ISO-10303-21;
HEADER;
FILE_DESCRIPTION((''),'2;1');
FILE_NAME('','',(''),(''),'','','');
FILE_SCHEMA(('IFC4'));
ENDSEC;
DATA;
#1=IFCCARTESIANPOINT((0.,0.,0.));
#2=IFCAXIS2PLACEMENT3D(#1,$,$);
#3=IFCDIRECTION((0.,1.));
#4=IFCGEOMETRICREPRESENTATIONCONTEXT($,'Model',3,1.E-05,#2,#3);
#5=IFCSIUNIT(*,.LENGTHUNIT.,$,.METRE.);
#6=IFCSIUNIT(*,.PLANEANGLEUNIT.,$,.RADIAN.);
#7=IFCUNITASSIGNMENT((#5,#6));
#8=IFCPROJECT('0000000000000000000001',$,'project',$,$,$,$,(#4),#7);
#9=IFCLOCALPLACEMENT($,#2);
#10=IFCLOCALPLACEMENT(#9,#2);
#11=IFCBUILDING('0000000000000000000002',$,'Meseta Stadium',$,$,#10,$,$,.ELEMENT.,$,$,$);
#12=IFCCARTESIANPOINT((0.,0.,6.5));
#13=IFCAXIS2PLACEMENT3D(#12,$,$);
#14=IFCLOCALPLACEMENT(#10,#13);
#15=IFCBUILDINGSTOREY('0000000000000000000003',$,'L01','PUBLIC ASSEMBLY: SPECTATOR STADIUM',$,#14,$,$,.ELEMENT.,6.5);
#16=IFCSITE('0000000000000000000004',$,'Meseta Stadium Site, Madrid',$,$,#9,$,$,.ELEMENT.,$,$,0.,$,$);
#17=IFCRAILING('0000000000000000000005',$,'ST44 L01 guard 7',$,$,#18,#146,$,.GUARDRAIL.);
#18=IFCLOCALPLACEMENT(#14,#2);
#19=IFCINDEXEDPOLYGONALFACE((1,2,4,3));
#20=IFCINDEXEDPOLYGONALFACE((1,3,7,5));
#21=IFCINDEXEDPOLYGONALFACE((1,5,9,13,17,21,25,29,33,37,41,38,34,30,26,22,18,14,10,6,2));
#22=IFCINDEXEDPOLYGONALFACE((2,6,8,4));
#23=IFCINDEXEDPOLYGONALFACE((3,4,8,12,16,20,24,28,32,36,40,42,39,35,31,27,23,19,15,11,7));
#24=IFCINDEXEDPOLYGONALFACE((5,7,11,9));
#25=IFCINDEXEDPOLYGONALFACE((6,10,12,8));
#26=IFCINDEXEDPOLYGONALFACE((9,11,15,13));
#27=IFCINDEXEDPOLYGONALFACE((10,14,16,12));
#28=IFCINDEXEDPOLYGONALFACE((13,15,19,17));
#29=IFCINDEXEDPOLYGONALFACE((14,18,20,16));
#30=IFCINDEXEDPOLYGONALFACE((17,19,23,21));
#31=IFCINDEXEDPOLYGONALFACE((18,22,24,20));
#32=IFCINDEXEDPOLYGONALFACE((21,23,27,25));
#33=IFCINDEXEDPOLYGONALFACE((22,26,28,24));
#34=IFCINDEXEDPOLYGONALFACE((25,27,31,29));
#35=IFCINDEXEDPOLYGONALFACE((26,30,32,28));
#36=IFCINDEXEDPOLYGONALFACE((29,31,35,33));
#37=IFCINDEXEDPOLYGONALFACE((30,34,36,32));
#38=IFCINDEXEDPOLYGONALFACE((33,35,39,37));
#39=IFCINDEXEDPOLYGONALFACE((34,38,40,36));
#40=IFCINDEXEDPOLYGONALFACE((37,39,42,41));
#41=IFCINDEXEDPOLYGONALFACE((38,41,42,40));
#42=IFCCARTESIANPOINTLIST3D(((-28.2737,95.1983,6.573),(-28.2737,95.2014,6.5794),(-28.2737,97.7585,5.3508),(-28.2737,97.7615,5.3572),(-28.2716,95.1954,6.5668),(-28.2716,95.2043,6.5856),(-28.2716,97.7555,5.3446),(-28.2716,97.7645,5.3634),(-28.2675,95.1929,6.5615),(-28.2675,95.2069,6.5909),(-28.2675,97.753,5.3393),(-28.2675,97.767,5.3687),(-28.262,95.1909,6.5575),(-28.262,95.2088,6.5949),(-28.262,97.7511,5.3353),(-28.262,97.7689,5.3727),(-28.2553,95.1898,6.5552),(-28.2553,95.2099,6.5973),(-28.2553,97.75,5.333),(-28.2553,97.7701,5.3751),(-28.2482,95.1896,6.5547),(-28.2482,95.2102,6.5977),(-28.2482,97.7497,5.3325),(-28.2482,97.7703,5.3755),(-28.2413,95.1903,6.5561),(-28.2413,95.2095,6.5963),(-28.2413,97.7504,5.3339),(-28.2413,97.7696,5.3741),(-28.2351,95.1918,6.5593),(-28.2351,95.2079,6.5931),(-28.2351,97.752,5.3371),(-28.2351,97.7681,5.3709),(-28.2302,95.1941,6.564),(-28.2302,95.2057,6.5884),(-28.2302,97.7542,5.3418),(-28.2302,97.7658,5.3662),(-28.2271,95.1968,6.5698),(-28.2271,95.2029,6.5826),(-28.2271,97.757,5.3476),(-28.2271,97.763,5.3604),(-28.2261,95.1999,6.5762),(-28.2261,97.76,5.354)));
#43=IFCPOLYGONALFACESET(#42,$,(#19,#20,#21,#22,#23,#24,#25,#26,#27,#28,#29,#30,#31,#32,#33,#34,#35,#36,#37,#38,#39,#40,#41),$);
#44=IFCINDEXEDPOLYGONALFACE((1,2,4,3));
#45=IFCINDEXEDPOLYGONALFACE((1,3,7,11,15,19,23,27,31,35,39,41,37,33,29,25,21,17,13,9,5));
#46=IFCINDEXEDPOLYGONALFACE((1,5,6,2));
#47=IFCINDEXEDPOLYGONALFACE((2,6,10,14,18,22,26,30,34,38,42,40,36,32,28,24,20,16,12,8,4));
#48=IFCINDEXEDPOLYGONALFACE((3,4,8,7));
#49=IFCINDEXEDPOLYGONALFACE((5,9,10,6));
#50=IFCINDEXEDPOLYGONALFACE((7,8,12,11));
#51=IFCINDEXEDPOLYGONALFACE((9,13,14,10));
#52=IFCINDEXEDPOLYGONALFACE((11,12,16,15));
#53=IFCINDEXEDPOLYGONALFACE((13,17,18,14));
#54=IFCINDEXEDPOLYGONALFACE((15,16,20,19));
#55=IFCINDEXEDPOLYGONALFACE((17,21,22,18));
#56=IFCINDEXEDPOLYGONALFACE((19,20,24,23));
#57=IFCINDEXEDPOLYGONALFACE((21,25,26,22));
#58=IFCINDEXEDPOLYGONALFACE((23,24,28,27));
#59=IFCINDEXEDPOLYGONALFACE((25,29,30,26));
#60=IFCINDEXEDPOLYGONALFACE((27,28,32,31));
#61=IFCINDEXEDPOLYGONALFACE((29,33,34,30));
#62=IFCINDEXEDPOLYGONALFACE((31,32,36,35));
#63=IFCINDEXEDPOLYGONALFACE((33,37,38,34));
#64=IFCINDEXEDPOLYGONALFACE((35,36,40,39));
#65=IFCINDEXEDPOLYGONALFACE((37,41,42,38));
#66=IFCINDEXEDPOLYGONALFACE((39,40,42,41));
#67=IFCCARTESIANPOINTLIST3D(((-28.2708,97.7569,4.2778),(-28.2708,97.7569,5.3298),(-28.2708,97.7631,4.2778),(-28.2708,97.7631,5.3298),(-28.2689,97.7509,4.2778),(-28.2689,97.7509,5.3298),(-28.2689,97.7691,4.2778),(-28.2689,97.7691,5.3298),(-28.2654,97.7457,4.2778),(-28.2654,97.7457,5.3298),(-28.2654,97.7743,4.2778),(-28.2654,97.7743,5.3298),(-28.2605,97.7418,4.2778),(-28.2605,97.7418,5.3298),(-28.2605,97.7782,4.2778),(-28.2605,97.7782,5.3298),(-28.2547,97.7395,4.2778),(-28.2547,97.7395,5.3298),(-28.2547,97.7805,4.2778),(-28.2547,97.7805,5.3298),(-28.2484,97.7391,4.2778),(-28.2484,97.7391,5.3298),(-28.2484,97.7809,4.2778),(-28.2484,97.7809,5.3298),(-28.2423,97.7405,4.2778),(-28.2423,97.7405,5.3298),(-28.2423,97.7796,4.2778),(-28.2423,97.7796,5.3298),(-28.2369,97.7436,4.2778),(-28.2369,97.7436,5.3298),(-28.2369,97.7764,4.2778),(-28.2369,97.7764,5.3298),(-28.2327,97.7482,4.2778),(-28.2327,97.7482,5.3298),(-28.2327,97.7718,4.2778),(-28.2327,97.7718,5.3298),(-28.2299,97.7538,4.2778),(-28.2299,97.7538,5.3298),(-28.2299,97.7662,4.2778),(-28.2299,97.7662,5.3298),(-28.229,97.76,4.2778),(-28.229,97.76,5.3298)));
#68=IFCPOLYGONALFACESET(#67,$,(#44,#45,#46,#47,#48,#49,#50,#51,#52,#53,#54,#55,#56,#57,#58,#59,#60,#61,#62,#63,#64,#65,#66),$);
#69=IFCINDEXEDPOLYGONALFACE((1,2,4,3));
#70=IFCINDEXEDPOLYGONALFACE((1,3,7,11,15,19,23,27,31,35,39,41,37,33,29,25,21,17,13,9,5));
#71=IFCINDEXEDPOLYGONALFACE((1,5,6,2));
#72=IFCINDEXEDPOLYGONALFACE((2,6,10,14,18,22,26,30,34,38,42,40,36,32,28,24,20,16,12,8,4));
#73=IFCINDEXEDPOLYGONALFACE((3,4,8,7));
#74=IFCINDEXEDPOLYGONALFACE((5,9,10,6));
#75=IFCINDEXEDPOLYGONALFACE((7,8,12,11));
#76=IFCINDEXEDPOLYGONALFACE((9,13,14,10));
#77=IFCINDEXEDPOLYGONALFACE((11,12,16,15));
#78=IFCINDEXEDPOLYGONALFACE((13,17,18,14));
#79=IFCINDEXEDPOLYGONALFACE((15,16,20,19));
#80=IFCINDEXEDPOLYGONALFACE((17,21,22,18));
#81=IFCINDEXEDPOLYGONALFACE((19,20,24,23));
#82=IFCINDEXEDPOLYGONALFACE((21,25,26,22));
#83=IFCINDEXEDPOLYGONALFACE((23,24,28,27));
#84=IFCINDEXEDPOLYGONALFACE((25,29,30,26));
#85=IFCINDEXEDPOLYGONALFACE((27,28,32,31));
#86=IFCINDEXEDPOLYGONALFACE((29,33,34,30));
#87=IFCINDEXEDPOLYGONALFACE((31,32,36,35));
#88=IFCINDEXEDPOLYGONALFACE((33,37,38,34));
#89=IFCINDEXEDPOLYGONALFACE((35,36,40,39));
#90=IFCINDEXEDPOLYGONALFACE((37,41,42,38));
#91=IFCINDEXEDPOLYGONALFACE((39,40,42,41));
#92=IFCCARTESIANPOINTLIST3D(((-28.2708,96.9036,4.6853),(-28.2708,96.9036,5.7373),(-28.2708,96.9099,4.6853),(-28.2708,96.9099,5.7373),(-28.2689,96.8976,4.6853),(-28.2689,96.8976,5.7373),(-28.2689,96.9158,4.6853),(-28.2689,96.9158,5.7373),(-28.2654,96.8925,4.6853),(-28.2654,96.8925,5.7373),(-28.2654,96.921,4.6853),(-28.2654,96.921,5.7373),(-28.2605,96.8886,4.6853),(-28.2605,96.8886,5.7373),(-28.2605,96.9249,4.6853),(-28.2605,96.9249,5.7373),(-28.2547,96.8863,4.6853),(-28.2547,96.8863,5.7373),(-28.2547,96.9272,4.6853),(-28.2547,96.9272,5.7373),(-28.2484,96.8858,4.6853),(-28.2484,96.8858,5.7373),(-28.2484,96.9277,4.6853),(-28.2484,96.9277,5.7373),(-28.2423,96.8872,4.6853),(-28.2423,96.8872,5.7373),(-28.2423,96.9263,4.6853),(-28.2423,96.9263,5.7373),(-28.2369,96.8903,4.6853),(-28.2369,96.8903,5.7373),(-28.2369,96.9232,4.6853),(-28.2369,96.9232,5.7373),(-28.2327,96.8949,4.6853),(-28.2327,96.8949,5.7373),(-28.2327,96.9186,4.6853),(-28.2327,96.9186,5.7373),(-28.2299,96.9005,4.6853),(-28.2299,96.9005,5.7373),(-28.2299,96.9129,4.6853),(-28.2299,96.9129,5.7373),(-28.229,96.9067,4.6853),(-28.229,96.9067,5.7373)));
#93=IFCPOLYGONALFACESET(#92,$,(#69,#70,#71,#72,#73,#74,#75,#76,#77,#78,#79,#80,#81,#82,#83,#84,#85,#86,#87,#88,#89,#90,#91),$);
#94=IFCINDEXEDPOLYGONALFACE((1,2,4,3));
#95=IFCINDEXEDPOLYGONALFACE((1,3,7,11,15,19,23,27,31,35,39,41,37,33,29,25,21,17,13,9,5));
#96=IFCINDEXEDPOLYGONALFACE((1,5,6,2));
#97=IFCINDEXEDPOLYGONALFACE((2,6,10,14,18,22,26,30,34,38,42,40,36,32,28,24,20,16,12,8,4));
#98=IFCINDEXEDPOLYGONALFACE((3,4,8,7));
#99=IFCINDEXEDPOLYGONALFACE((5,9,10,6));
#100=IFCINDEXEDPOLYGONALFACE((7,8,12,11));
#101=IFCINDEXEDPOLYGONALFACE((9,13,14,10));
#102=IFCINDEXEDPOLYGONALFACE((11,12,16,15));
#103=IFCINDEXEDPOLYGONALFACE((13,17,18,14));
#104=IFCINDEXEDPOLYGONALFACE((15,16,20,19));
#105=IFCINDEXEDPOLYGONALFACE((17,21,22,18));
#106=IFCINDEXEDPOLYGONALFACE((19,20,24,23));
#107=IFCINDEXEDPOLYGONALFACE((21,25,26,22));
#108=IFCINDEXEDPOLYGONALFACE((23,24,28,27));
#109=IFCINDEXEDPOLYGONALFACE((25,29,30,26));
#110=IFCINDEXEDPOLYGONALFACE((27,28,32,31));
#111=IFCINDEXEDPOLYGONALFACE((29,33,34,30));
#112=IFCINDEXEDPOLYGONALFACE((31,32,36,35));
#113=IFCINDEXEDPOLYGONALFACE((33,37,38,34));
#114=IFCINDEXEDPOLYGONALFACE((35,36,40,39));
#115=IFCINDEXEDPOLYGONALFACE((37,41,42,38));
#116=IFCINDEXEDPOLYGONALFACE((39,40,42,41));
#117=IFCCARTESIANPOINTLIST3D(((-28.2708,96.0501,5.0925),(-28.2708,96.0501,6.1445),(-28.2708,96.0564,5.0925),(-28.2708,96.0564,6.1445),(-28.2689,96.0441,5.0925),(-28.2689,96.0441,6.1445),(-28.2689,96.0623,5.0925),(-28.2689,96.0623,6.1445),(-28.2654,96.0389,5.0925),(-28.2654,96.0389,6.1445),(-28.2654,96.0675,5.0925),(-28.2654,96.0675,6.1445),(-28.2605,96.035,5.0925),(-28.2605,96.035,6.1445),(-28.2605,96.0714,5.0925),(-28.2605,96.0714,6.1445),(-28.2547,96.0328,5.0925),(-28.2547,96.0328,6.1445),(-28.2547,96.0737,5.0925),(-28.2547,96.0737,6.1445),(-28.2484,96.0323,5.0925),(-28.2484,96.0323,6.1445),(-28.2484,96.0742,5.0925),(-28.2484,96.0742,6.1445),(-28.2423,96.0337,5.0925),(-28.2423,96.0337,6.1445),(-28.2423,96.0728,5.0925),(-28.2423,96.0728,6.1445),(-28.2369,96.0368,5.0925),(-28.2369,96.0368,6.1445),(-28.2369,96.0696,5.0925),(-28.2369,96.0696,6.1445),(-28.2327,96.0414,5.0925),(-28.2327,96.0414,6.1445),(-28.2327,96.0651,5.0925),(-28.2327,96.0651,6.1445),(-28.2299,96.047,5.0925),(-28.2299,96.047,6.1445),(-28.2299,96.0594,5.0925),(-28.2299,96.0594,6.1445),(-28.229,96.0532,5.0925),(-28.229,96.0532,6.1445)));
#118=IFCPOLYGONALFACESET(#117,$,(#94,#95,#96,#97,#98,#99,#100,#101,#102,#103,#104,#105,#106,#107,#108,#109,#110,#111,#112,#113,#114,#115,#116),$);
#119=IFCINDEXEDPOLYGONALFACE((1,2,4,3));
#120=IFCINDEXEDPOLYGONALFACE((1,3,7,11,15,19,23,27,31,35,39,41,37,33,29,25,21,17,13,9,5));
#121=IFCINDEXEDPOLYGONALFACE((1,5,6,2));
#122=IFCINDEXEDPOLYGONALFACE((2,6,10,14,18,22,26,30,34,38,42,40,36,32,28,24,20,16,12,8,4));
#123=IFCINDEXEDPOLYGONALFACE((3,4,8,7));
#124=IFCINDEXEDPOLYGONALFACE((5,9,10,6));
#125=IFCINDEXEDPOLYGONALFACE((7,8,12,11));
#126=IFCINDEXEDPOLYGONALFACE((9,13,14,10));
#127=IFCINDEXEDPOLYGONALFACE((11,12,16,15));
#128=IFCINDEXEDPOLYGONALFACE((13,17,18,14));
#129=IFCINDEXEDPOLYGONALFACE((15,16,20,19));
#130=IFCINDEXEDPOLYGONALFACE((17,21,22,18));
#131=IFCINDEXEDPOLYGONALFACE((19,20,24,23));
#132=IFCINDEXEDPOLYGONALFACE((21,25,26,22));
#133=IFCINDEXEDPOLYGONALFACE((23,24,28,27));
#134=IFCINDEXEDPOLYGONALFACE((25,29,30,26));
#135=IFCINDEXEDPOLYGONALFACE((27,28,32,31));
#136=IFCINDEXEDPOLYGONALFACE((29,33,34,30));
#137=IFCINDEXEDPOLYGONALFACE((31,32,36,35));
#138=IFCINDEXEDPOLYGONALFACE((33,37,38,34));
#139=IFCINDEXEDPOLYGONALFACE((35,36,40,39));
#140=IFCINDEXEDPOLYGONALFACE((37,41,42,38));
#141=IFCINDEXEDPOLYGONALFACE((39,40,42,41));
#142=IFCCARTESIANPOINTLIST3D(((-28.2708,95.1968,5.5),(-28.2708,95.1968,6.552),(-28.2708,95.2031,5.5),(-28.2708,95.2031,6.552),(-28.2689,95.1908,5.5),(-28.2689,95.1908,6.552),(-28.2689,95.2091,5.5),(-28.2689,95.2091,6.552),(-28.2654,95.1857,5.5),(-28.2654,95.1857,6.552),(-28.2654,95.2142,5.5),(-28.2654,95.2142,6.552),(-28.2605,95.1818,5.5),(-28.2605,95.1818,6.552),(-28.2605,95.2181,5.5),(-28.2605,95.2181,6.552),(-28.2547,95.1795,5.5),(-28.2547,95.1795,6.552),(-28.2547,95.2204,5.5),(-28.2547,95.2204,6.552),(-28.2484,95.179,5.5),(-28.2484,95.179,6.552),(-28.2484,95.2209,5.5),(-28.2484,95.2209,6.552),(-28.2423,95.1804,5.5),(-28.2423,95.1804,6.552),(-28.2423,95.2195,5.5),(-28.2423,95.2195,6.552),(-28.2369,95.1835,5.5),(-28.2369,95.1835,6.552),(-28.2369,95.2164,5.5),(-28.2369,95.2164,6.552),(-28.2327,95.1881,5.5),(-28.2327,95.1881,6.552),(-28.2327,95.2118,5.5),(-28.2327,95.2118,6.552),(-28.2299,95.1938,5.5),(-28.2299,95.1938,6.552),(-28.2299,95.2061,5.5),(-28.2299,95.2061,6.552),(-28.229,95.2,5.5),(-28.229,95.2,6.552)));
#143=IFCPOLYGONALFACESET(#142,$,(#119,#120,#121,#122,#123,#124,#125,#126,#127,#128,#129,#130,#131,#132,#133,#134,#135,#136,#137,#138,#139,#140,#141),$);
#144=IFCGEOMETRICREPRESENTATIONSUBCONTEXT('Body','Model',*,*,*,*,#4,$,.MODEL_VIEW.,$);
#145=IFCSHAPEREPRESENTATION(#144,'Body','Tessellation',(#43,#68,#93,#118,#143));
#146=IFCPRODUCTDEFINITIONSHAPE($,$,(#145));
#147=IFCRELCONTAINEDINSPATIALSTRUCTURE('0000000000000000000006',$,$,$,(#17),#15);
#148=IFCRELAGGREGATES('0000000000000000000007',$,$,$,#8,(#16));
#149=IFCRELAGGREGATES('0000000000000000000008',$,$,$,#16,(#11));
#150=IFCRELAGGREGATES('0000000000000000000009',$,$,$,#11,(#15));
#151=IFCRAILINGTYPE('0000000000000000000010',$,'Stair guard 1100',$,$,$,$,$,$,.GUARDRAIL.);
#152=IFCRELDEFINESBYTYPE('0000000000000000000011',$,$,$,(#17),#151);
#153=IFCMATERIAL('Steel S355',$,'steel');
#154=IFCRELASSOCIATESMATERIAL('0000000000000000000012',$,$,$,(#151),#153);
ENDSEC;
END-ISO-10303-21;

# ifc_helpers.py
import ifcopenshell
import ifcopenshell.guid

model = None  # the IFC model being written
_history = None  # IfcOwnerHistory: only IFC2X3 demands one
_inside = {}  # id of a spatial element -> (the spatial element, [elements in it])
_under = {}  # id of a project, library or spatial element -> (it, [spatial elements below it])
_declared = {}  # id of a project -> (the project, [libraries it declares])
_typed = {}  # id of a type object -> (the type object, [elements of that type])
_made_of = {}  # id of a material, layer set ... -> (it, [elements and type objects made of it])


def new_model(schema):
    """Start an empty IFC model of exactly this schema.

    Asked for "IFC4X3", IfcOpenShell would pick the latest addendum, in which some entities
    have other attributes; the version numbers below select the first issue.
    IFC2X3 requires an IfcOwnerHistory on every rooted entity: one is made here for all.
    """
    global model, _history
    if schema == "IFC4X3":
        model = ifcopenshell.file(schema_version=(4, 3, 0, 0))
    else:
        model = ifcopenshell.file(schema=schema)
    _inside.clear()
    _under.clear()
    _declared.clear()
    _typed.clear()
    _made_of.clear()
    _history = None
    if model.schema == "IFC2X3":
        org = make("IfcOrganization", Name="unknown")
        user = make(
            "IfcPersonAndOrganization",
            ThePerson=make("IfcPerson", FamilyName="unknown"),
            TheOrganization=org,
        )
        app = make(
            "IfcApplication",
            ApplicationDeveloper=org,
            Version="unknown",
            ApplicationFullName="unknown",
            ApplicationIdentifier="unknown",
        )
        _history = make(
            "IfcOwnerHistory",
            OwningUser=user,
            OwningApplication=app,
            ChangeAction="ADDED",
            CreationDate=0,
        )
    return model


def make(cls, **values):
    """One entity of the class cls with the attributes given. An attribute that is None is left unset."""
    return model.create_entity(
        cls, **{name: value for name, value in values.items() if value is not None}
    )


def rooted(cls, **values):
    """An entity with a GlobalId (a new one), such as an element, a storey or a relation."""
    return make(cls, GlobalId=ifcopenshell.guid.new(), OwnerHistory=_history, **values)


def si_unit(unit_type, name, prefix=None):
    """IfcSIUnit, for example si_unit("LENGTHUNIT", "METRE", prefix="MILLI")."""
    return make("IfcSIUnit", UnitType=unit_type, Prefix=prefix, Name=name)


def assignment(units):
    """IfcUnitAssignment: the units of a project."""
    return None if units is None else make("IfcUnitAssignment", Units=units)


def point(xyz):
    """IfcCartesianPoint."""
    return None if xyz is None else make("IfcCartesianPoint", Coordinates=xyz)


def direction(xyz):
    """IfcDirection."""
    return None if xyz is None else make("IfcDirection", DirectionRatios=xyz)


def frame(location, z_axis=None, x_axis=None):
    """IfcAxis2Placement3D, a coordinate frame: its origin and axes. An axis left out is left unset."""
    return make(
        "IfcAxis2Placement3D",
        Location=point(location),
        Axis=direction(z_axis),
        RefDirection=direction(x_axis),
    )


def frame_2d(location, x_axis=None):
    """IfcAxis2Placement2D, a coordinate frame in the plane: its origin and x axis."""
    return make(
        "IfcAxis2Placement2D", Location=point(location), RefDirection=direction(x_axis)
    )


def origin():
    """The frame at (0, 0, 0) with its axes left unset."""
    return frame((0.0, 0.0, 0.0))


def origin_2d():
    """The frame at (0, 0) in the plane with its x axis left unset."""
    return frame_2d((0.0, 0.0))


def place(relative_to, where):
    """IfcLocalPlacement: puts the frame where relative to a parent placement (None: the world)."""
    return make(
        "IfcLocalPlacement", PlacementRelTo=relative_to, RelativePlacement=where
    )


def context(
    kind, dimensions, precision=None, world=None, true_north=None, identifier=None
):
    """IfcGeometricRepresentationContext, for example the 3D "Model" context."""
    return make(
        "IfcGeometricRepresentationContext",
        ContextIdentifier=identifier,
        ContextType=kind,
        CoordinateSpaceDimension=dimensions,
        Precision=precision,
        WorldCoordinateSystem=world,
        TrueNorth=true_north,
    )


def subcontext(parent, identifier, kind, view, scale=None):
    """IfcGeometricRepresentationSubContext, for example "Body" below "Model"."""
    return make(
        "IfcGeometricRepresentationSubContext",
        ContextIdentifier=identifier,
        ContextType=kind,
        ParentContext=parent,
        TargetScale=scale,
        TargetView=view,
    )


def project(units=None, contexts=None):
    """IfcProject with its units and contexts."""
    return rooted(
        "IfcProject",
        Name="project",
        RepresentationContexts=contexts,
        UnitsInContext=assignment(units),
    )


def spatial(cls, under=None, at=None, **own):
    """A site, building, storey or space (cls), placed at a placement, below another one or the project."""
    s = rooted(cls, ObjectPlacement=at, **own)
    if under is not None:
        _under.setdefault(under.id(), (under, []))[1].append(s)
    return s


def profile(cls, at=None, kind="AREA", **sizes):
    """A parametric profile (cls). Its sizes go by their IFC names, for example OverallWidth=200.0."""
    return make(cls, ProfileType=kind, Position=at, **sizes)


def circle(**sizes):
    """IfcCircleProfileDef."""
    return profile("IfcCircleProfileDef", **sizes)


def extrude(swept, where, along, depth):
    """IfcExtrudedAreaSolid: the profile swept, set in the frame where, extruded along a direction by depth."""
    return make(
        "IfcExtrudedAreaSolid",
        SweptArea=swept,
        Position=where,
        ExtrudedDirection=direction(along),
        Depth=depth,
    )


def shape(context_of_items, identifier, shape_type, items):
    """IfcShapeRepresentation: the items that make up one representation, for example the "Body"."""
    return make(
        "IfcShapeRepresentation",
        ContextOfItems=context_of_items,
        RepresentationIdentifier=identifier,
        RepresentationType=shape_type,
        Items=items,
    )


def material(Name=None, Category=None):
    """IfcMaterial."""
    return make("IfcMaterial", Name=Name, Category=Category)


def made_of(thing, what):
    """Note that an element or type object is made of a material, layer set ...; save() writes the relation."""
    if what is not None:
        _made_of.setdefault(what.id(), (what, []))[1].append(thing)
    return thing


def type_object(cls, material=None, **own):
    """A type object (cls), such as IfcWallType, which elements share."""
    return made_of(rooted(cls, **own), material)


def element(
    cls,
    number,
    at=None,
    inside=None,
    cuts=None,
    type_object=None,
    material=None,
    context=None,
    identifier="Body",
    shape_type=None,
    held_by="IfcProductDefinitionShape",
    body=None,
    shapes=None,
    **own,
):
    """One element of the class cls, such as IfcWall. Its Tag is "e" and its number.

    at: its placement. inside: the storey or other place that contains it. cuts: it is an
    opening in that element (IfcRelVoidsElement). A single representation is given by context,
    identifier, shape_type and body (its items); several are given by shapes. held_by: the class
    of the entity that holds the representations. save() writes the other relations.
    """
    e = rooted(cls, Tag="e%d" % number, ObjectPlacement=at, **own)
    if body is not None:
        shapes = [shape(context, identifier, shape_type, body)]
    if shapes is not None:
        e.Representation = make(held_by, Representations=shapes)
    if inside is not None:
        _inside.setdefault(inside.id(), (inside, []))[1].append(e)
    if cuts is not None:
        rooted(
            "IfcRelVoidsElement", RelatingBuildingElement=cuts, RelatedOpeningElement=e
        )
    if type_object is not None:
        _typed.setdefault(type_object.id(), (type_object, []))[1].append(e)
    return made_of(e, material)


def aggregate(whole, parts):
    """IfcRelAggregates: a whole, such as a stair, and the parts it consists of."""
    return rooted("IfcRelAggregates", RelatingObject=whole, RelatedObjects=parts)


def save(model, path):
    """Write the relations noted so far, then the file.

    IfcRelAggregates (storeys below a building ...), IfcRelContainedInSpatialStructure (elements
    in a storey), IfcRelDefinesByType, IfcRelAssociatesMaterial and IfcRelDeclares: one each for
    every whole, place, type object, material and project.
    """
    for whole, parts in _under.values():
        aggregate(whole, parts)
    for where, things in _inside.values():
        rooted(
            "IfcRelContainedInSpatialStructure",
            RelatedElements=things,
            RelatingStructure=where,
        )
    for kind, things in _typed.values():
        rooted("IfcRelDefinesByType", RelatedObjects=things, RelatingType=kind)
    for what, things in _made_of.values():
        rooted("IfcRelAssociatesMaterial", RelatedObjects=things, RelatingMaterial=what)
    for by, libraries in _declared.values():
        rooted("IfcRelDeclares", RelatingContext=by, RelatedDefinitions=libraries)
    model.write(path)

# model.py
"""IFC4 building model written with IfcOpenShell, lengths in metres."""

from ifc_helpers import new_model, si_unit, direction, frame, origin, origin_2d, place, context, subcontext, project, spatial, circle, extrude, material, type_object, element, save


model = new_model("IFC4")

# Units and contexts
model_context = context("Model", 3, precision=1e-05, world=origin(), true_north=direction((0.0, 1.0)))
body_context = subcontext(model_context, "Body", "Model", "MODEL_VIEW")
ifc_project = project(units=[si_unit("LENGTHUNIT", "METRE"), si_unit("PLANEANGLEUNIT", "RADIAN")], contexts=[model_context])

# Site, building, storey
site_placement = place(None, origin())
site = spatial("IfcSite", under=ifc_project, at=site_placement, Name="Meseta Stadium Site, Madrid", CompositionType="ELEMENT", RefElevation=0.0)
building_placement = place(site_placement, origin())
building = spatial("IfcBuilding", under=site, at=building_placement, Name="Meseta Stadium", CompositionType="ELEMENT")
storey_placement = place(building_placement, frame((0.0, 0.0, 6.5)))
storey = spatial("IfcBuildingStorey", under=building, at=storey_placement, Name="L01", Description="PUBLIC ASSEMBLY: SPECTATOR STADIUM", CompositionType="ELEMENT", Elevation=6.5)

# Railing
ifc_material_1 = material(Name="Steel S355", Category="steel")
railing_type_1 = type_object("IfcRailingType", Name="Stair guard 1100", PredefinedType="GUARDRAIL", material=ifc_material_1)
railing_1_placement = place(storey_placement, frame((-28.25, 97.76, 4.2778)))
element("IfcRailing", 1, at=railing_1_placement, inside=storey, type_object=railing_type_1, Name="ST44 L01 guard 7", PredefinedType="GUARDRAIL", context=body_context, shape_type="SweptSolid", body=[
    extrude(circle(Radius=0.0239, at=origin_2d()), frame((0.0, 0.0, 1.0762), z_axis=(0.0, -0.902437, 0.430822), x_axis=(1.0, 0.0, 0.0)), (0.0, 0.0, 1.0), 2.8369),
    extrude(circle(Radius=0.021, at=origin_2d()), origin(), (0.0, 0.0, 1.0), 1.052),
    extrude(circle(Radius=0.021, at=origin_2d()), frame((0.0, -0.8533, 0.4075)), (0.0, 0.0, 1.0), 1.052),
    extrude(circle(Radius=0.021, at=origin_2d()), frame((0.0, -1.7068, 0.8147)), (0.0, 0.0, 1.0), 1.052),
    extrude(circle(Radius=0.021, at=origin_2d()), frame((0.0, -2.5601, 1.2222)), (0.0, 0.0, 1.0), 1.052),
])

save(model, "model.ifc")
